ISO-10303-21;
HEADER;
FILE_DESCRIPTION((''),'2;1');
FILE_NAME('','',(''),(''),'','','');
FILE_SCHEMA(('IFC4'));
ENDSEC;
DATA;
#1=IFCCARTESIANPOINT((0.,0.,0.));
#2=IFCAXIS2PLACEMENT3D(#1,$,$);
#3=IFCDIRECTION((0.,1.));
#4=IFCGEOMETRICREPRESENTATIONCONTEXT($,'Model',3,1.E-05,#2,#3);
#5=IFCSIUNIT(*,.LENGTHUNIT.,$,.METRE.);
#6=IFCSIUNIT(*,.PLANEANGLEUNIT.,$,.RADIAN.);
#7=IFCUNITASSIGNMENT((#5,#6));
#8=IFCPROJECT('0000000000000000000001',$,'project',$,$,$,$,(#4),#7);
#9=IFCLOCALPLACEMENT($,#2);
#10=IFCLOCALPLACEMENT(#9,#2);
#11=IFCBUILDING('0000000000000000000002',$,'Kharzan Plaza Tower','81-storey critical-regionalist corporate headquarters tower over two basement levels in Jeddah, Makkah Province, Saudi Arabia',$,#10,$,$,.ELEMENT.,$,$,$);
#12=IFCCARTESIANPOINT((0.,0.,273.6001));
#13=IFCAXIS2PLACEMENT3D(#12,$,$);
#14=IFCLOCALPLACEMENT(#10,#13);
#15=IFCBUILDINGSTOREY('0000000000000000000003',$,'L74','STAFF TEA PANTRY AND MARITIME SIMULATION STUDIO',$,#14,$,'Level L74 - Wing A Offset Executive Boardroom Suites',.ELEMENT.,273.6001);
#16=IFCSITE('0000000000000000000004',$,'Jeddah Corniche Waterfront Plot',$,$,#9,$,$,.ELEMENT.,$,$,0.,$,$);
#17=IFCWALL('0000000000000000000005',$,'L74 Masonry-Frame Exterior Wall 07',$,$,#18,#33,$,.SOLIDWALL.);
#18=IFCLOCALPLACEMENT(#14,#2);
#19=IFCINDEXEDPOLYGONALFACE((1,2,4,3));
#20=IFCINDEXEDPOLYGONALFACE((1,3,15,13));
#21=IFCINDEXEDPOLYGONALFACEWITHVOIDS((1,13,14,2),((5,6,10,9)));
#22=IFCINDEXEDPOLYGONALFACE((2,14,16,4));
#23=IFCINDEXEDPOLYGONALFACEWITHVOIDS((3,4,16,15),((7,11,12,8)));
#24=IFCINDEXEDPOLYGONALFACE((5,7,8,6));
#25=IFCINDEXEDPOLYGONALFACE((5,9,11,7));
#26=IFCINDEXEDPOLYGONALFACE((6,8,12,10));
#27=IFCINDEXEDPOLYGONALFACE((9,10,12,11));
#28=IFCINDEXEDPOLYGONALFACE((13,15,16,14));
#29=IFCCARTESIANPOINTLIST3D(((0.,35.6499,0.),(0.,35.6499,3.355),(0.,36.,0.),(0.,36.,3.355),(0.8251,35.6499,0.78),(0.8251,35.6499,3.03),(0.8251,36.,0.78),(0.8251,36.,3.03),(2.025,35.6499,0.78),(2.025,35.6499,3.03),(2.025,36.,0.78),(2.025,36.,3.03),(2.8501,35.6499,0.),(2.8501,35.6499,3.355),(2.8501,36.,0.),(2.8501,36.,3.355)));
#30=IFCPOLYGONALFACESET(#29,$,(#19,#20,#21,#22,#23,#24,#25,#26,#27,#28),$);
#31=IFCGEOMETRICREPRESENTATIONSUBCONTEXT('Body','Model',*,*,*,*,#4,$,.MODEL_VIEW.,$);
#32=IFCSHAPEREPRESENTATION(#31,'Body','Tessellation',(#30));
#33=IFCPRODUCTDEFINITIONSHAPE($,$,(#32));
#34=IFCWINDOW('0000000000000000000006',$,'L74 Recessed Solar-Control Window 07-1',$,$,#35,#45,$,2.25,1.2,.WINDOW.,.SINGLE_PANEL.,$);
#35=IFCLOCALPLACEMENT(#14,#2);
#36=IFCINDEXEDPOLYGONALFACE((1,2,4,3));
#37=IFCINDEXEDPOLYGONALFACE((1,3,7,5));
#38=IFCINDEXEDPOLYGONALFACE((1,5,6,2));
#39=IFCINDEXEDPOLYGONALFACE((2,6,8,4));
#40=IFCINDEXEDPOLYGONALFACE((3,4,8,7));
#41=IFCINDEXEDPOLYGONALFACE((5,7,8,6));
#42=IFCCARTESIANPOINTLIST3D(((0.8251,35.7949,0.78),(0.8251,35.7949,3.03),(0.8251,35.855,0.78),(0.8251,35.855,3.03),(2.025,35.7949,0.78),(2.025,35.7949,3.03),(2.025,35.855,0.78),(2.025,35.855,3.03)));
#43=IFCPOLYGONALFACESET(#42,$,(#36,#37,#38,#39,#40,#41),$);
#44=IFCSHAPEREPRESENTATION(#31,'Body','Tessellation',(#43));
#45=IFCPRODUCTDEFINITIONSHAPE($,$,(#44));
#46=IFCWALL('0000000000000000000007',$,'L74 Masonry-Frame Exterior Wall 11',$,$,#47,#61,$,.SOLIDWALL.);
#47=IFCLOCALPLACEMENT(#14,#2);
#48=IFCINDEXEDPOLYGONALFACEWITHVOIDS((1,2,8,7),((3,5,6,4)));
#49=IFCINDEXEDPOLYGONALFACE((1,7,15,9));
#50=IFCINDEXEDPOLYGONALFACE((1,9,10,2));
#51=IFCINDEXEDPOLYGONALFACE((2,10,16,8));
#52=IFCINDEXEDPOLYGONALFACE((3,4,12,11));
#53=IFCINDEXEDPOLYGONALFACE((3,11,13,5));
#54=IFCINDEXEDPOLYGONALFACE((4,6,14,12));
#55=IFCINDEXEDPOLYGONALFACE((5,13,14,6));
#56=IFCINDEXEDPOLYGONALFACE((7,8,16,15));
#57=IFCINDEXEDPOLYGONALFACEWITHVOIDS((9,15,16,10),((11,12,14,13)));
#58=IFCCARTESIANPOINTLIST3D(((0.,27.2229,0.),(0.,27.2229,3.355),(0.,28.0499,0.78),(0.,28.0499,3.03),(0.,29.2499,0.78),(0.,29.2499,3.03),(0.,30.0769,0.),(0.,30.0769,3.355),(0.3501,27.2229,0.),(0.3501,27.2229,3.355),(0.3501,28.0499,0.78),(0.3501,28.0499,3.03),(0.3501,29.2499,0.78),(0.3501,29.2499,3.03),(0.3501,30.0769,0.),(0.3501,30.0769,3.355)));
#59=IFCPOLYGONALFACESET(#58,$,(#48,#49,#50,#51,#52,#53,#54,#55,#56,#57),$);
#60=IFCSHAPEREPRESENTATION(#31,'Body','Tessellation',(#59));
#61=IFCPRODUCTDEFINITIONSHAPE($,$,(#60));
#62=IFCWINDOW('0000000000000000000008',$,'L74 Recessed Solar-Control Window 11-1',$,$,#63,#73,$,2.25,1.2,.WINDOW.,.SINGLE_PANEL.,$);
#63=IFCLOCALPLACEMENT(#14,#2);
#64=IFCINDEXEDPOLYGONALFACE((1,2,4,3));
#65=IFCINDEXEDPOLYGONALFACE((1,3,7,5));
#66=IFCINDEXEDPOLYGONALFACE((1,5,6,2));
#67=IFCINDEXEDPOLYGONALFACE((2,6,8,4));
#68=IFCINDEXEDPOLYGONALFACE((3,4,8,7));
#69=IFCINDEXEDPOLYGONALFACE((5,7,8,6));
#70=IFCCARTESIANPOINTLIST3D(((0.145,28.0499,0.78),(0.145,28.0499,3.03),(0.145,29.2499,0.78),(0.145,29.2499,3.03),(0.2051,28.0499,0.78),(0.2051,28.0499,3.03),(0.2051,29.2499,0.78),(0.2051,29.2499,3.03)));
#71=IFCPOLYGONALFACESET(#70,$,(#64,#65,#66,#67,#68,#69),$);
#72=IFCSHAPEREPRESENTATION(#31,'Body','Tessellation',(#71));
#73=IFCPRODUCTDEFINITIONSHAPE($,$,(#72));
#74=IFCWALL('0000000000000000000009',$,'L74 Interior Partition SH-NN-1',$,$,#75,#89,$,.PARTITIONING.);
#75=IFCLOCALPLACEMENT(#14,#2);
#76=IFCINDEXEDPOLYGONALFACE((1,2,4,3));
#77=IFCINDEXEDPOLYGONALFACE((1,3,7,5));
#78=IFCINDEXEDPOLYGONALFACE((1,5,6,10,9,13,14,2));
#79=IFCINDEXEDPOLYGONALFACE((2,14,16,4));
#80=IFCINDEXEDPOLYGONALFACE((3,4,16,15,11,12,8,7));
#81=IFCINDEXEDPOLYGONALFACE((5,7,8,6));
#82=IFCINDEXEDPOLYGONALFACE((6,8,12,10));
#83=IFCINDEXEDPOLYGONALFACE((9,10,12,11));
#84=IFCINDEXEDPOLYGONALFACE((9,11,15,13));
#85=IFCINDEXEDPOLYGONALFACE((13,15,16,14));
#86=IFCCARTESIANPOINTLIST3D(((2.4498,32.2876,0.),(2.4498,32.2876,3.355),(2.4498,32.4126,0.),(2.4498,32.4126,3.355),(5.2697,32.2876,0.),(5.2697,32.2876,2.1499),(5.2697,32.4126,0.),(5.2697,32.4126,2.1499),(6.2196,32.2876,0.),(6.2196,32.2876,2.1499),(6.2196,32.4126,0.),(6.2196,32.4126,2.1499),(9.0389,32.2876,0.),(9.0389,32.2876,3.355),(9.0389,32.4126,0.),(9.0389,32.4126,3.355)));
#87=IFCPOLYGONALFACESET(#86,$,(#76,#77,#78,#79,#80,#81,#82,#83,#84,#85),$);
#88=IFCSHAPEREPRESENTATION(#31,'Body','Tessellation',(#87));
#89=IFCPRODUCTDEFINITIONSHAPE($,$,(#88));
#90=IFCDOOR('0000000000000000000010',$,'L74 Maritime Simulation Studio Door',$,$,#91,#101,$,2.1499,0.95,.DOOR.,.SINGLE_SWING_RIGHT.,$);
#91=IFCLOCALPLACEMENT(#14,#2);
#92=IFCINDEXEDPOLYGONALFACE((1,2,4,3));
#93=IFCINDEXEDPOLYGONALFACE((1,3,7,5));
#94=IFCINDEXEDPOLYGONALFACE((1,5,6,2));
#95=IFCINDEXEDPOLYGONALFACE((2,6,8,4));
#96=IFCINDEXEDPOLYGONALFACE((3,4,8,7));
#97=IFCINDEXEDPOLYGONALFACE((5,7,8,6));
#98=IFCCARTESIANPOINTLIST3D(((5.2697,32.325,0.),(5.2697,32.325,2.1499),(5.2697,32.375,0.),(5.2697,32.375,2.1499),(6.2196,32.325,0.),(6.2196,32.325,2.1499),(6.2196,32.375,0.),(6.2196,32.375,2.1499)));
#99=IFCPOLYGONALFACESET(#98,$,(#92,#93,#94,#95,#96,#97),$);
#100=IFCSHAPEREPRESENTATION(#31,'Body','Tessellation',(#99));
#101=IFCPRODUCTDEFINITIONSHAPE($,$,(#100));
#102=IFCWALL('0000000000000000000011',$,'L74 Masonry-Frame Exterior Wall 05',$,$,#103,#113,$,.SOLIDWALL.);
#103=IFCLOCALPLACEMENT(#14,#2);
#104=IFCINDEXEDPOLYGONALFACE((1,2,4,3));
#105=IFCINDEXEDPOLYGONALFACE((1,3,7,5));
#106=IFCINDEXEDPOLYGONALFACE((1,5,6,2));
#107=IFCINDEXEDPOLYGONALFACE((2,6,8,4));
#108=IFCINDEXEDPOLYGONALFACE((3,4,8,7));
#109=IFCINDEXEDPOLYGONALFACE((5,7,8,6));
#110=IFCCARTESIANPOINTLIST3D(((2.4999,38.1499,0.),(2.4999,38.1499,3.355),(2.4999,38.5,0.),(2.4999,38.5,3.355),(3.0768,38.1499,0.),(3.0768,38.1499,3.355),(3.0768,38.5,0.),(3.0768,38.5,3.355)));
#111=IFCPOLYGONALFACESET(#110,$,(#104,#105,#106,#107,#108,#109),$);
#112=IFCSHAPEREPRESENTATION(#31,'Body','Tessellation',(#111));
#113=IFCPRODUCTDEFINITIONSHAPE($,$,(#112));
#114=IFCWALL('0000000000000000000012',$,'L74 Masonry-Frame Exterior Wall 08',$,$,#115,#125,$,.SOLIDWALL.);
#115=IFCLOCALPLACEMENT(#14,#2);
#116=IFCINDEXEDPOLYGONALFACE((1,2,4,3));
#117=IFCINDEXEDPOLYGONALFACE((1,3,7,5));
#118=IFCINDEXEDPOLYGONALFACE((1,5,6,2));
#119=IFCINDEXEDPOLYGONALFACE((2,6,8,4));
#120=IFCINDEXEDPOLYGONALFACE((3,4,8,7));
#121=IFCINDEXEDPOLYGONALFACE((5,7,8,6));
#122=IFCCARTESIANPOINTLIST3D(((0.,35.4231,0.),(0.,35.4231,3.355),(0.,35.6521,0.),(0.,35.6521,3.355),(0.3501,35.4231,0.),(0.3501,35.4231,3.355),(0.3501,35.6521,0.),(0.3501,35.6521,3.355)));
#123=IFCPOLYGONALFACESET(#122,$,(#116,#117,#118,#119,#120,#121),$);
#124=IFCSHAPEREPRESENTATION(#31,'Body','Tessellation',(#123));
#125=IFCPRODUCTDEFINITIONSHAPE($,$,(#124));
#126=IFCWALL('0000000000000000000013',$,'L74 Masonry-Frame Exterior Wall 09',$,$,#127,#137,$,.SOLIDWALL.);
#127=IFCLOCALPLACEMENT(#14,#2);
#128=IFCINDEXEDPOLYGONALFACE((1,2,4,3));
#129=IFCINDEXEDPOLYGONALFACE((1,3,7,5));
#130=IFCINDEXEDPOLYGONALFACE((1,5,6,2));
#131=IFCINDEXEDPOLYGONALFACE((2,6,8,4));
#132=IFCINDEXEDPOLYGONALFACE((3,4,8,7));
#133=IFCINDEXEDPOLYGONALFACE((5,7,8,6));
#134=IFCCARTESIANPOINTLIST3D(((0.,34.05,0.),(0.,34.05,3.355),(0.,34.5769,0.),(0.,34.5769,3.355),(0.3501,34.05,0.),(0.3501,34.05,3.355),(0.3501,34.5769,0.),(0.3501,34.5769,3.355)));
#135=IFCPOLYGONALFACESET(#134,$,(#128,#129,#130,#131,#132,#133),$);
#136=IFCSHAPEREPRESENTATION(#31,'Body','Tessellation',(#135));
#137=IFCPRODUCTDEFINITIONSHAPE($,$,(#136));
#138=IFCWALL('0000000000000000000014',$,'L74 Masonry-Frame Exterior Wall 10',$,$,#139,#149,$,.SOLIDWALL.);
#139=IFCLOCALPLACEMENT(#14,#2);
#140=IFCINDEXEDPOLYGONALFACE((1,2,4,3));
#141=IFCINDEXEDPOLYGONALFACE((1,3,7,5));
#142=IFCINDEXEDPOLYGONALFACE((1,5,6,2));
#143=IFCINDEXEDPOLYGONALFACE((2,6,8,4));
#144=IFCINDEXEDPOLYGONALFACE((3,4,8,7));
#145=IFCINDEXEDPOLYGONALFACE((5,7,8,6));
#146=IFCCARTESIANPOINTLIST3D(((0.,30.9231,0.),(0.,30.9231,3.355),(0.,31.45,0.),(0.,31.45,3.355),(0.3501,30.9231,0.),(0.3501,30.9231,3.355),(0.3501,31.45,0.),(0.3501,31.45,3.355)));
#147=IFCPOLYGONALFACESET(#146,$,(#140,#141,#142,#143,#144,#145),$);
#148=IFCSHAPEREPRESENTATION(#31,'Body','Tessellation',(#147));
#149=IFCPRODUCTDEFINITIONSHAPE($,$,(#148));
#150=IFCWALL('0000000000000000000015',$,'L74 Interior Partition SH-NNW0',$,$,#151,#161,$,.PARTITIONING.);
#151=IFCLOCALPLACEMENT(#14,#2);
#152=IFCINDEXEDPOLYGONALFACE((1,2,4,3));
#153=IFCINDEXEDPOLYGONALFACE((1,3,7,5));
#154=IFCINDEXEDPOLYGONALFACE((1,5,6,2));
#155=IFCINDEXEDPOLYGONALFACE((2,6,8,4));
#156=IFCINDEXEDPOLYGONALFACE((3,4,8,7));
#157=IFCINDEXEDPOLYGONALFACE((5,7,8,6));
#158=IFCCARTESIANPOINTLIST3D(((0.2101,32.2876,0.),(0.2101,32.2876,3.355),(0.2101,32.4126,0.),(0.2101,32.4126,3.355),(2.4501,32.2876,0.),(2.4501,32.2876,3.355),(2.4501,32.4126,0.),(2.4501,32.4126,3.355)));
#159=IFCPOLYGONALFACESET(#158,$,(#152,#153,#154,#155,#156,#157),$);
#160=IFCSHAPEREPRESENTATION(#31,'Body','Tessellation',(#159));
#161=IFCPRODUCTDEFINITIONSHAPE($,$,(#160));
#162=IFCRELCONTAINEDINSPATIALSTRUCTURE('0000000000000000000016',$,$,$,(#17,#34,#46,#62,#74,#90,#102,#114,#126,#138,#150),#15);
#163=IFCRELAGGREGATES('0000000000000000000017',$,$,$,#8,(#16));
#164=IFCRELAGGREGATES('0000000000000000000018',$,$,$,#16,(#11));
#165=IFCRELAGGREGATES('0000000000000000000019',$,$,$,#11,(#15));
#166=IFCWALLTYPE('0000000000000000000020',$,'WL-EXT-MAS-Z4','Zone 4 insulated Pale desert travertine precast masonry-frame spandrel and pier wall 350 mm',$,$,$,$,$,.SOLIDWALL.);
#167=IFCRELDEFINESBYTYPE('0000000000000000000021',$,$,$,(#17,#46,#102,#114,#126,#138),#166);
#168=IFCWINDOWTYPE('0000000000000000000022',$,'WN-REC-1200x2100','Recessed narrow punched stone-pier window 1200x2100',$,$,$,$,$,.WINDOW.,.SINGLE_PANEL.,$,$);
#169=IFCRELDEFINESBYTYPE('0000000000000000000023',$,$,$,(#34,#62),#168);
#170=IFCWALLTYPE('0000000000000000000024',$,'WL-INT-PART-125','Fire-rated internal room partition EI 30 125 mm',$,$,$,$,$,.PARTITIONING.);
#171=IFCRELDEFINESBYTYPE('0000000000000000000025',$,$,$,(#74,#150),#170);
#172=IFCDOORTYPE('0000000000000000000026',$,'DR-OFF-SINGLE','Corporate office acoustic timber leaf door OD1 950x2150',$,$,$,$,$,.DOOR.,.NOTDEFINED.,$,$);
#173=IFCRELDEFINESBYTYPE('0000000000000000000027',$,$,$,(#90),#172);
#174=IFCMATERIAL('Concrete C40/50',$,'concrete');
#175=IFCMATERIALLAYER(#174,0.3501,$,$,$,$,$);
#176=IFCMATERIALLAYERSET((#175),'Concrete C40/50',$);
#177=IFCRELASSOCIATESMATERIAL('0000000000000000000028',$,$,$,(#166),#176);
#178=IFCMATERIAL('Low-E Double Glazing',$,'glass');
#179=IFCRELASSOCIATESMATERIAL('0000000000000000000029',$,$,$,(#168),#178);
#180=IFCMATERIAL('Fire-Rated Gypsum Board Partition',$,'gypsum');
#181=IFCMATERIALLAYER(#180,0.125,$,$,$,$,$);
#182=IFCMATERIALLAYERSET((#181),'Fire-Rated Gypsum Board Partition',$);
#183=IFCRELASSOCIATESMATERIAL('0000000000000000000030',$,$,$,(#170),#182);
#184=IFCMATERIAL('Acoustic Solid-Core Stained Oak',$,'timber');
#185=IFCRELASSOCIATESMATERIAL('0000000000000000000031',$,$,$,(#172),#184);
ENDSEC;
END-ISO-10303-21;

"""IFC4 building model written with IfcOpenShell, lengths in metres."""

from ifc_helpers import new_model, si_unit, direction, frame, frame_2d, origin, place, context, subcontext, project, spatial, rectangle, extrude, source, transform, mapped, material, layer, layer_set, type_object, element, fill, save


model = new_model("IFC4")

# Units and contexts
model_context = context("Model", 3, precision=1e-05, world=origin(), true_north=direction((0.0, 1.0)))
body_context = subcontext(model_context, "Body", "Model", "MODEL_VIEW")
ifc_project = project(units=[si_unit("LENGTHUNIT", "METRE"), si_unit("PLANEANGLEUNIT", "RADIAN")], contexts=[model_context])

# Site, building, storey
site_placement = place(None, origin())
site = spatial("IfcSite", under=ifc_project, at=site_placement, Name="Jeddah Corniche Waterfront Plot", CompositionType="ELEMENT", RefElevation=0.0)
building_placement = place(site_placement, origin())
building = spatial("IfcBuilding", under=site, at=building_placement, Name="Kharzan Plaza Tower", Description="81-storey critical-regionalist corporate headquarters tower over two basement levels in Jeddah, Makkah Province, Saudi Arabia", CompositionType="ELEMENT")
storey_placement = place(building_placement, frame((0.0, 0.0, 273.6001)))
storey = spatial("IfcBuildingStorey", under=building, at=storey_placement, Name="L74", Description="STAFF TEA PANTRY AND MARITIME SIMULATION STUDIO", LongName="Level L74 - Wing A Offset Executive Boardroom Suites", CompositionType="ELEMENT", Elevation=273.6001)

# Walls, openings, windows
ifc_material_1 = material(Name="Concrete C40/50", Category="concrete")
ifc_layer_1 = layer(ifc_material_1, 0.3501)
ifc_layer_set_1 = layer_set([ifc_layer_1], Name="Concrete C40/50")
wall_type_1 = type_object("IfcWallType", Name="WL-EXT-MAS-Z4", Description="Zone 4 insulated Pale desert travertine precast masonry-frame spandrel and pier wall 350 mm", PredefinedType="SOLIDWALL", material=ifc_layer_set_1)
ifc_material_2 = material(Name="Low-E Double Glazing", Category="glass")
window_type = type_object("IfcWindowType", Name="WN-REC-1200x2100", Description="Recessed narrow punched stone-pier window 1200x2100", PartitioningType="SINGLE_PANEL", PredefinedType="WINDOW", material=ifc_material_2)
shared_shape_1 = source(origin(), body_context, "Body", "SweptSolid", [
    extrude(rectangle(XDim=1.2, YDim=2.25, at=frame_2d((0.6001, 1.125))), frame((0.0, 0.03, 0.0), z_axis=(0.0, -1.0, 0.0), x_axis=(1.0, 0.0, 0.0)), (0.0, 0.0, 1.0), 0.0601),
])
wall_1_placement = place(storey_placement, frame((2.8501, 35.825, 0.0), z_axis=(0.0, 0.0, 1.0), x_axis=(-1.0, 0.0, 0.0)))
wall_1 = element("IfcWall", 1, at=wall_1_placement, inside=storey, type_object=wall_type_1, Name="L74 Masonry-Frame Exterior Wall 07", PredefinedType="SOLIDWALL", context=body_context, shape_type="SweptSolid", body=[
    extrude(rectangle(XDim=2.8501, YDim=0.3501, at=frame_2d((1.425, 0.0))), origin(), (0.0, 0.0, 1.0), 3.355),
])
opening_1_placement = place(wall_1_placement, frame((0.825, 0.0, 0.78)))
opening_1 = element("IfcOpeningElement", 2, at=opening_1_placement, cuts=wall_1, PredefinedType="OPENING", context=body_context, shape_type="SweptSolid", body=[
    extrude(rectangle(XDim=1.2, YDim=2.25, at=frame_2d((0.6001, 1.125))), frame((0.0, 0.1851, 0.0), z_axis=(0.0, -1.0, 0.0), x_axis=(1.0, 0.0, 0.0)), (0.0, 0.0, 1.0), 0.3701),
])
window_1_placement = place(opening_1_placement, origin())
window_1 = element("IfcWindow", 3, at=window_1_placement, inside=storey, type_object=window_type, Name="L74 Recessed Solar-Control Window 07-1", OverallHeight=2.25, OverallWidth=1.2, PartitioningType="SINGLE_PANEL", PredefinedType="WINDOW", context=body_context, shape_type="MappedRepresentation", body=[
    mapped(shared_shape_1, transform((0.0, 0.0, 0.0), x_axis=(1.0, 0.0, 0.0), y_axis=(0.0, 1.0, 0.0), z_axis=(0.0, 0.0, 1.0))),
])
fill(opening_1, window_1)
wall_2_placement = place(storey_placement, frame((0.175, 30.0769, 0.0), z_axis=(0.0, 0.0, 1.0), x_axis=(0.0, -1.0, 0.0)))
wall_2 = element("IfcWall", 4, at=wall_2_placement, inside=storey, type_object=wall_type_1, Name="L74 Masonry-Frame Exterior Wall 11", PredefinedType="SOLIDWALL", context=body_context, shape_type="SweptSolid", body=[
    extrude(rectangle(XDim=2.854, YDim=0.3501, at=frame_2d((1.427, 0.0))), origin(), (0.0, 0.0, 1.0), 3.355),
])
opening_2_placement = place(wall_2_placement, frame((0.8269, 0.0, 0.78)))
opening_2 = element("IfcOpeningElement", 5, at=opening_2_placement, cuts=wall_2, PredefinedType="OPENING", context=body_context, shape_type="SweptSolid", body=[
    extrude(rectangle(XDim=1.2, YDim=2.25, at=frame_2d((0.6001, 1.125))), frame((0.0, 0.1851, 0.0), z_axis=(0.0, -1.0, 0.0), x_axis=(1.0, 0.0, 0.0)), (0.0, 0.0, 1.0), 0.3701),
])
window_2_placement = place(opening_2_placement, origin())
window_2 = element("IfcWindow", 6, at=window_2_placement, inside=storey, type_object=window_type, Name="L74 Recessed Solar-Control Window 11-1", OverallHeight=2.25, OverallWidth=1.2, PartitioningType="SINGLE_PANEL", PredefinedType="WINDOW", context=body_context, shape_type="MappedRepresentation", body=[
    mapped(shared_shape_1, transform((0.0, 0.0, 0.0), x_axis=(1.0, 0.0, 0.0), y_axis=(0.0, 1.0, 0.0), z_axis=(0.0, 0.0, 1.0))),
])
fill(opening_2, window_2)

# Wall, opening, door
ifc_material_3 = material(Name="Fire-Rated Gypsum Board Partition", Category="gypsum")
ifc_layer_2 = layer(ifc_material_3, 0.125)
ifc_layer_set_2 = layer_set([ifc_layer_2], Name="Fire-Rated Gypsum Board Partition")
wall_type_2 = type_object("IfcWallType", Name="WL-INT-PART-125", Description="Fire-rated internal room partition EI 30 125 mm", PredefinedType="PARTITIONING", material=ifc_layer_set_2)
wall_3_placement = place(storey_placement, frame((2.45, 32.3501, 0.0), z_axis=(0.0, 0.0, 1.0), x_axis=(1.0, 0.0, 0.0)))
wall_3 = element("IfcWall", 7, at=wall_3_placement, inside=storey, type_object=wall_type_2, Name="L74 Interior Partition SH-NN-1", PredefinedType="PARTITIONING", context=body_context, shape_type="SweptSolid", body=[
    extrude(rectangle(XDim=6.5891, YDim=0.125, at=frame_2d((3.2944, 0.0))), origin(), (0.0, 0.0, 1.0), 3.355),
])
opening_3_placement = place(wall_3_placement, frame((2.8196, 0.0, 0.0)))
opening_3 = element("IfcOpeningElement", 8, at=opening_3_placement, cuts=wall_3, PredefinedType="OPENING", context=body_context, shape_type="SweptSolid", body=[
    extrude(rectangle(XDim=0.95, YDim=2.1499, at=frame_2d((0.4751, 1.075))), frame((0.0, 0.0725, 0.0), z_axis=(0.0, -1.0, 0.0), x_axis=(1.0, 0.0, 0.0)), (0.0, 0.0, 1.0), 0.145),
])
ifc_material_4 = material(Name="Acoustic Solid-Core Stained Oak", Category="timber")
door_type = type_object("IfcDoorType", Name="DR-OFF-SINGLE", Description="Corporate office acoustic timber leaf door OD1 950x2150", OperationType="NOTDEFINED", PredefinedType="DOOR", material=ifc_material_4)
shared_shape_2 = source(origin(), body_context, "Body", "SweptSolid", [
    extrude(rectangle(XDim=0.95, YDim=2.1499, at=frame_2d((0.4751, 1.075))), frame((0.0, 0.0249, 0.0), z_axis=(0.0, -1.0, 0.0), x_axis=(1.0, 0.0, 0.0)), (0.0, 0.0, 1.0), 0.05),
])
door_placement = place(opening_3_placement, origin())
door = element("IfcDoor", 9, at=door_placement, inside=storey, type_object=door_type, Name="L74 Maritime Simulation Studio Door", OperationType="SINGLE_SWING_RIGHT", OverallHeight=2.1499, OverallWidth=0.95, PredefinedType="DOOR", context=body_context, shape_type="MappedRepresentation", body=[
    mapped(shared_shape_2, transform((0.0, 0.0, 0.0), x_axis=(1.0, 0.0, 0.0), y_axis=(0.0, 1.0, 0.0), z_axis=(0.0, 0.0, 1.0))),
])
fill(opening_3, door)

# Walls
shared_shape_3 = source(origin(), body_context, "Body", "SweptSolid", [
    extrude(rectangle(XDim=0.5769, YDim=0.3501, at=frame_2d((0.2886, 0.0))), origin(), (0.0, 0.0, 1.0), 3.355),
])
wall_4_placement = place(storey_placement, frame((3.0769, 38.325, 0.0), z_axis=(0.0, 0.0, 1.0), x_axis=(-1.0, 0.0, 0.0)))
element("IfcWall", 10, at=wall_4_placement, inside=storey, type_object=wall_type_1, Name="L74 Masonry-Frame Exterior Wall 05", PredefinedType="SOLIDWALL", context=body_context, shape_type="MappedRepresentation", body=[
    mapped(shared_shape_3, transform((0.0, 0.0, 0.0), x_axis=(1.0, 0.0, 0.0), y_axis=(0.0, 1.0, 0.0), z_axis=(0.0, 0.0, 1.0))),
])
shared_shape_4 = source(origin(), body_context, "Body", "SweptSolid", [
    extrude(rectangle(XDim=0.229, YDim=0.3501, at=frame_2d((0.1145, 0.0))), origin(), (0.0, 0.0, 1.0), 3.355),
])
wall_5_placement = place(storey_placement, frame((0.175, 35.6521, 0.0), z_axis=(0.0, 0.0, 1.0), x_axis=(0.0, -1.0, 0.0)))
element("IfcWall", 11, at=wall_5_placement, inside=storey, type_object=wall_type_1, Name="L74 Masonry-Frame Exterior Wall 08", PredefinedType="SOLIDWALL", context=body_context, shape_type="MappedRepresentation", body=[
    mapped(shared_shape_4, transform((0.0, 0.0, 0.0), x_axis=(1.0, 0.0, 0.0), y_axis=(0.0, 1.0, 0.0), z_axis=(0.0, 0.0, 1.0))),
])
shared_shape_5 = source(origin(), body_context, "Body", "SweptSolid", [
    extrude(rectangle(XDim=0.5269, YDim=0.3501, at=frame_2d((0.2634, 0.0))), origin(), (0.0, 0.0, 1.0), 3.355),
])
for number, where, z_axis, x_axis, name in (
    (12, (0.175, 34.5769, 0.0), (0.0, 0.0, 1.0), (0.0, -1.0, 0.0), "L74 Masonry-Frame Exterior Wall 09"),
    (13, (0.175, 31.45, 0.0), (0.0, 0.0, 1.0), (0.0, -1.0, 0.0), "L74 Masonry-Frame Exterior Wall 10"),
):
    element("IfcWall", number, at=place(storey_placement, frame(where, z_axis=z_axis, x_axis=x_axis)), inside=storey, type_object=wall_type_1, Name=name, PredefinedType="SOLIDWALL", context=body_context, shape_type="MappedRepresentation", body=[
        mapped(shared_shape_5, transform((0.0, 0.0, 0.0), x_axis=(1.0, 0.0, 0.0), y_axis=(0.0, 1.0, 0.0), z_axis=(0.0, 0.0, 1.0))),
    ])
shared_shape_6 = source(origin(), body_context, "Body", "SweptSolid", [
    extrude(rectangle(XDim=2.24, YDim=0.125, at=frame_2d((1.1201, 0.0))), origin(), (0.0, 0.0, 1.0), 3.355),
])
wall_6_placement = place(storey_placement, frame((0.21, 32.3501, 0.0), z_axis=(0.0, 0.0, 1.0), x_axis=(1.0, 0.0, 0.0)))
element("IfcWall", 14, at=wall_6_placement, inside=storey, type_object=wall_type_2, Name="L74 Interior Partition SH-NNW0", PredefinedType="PARTITIONING", context=body_context, shape_type="MappedRepresentation", body=[
    mapped(shared_shape_6, transform((0.0, 0.0, 0.0), x_axis=(1.0, 0.0, 0.0), y_axis=(0.0, 1.0, 0.0), z_axis=(0.0, 0.0, 1.0))),
])

save(model, "model.ifc")
